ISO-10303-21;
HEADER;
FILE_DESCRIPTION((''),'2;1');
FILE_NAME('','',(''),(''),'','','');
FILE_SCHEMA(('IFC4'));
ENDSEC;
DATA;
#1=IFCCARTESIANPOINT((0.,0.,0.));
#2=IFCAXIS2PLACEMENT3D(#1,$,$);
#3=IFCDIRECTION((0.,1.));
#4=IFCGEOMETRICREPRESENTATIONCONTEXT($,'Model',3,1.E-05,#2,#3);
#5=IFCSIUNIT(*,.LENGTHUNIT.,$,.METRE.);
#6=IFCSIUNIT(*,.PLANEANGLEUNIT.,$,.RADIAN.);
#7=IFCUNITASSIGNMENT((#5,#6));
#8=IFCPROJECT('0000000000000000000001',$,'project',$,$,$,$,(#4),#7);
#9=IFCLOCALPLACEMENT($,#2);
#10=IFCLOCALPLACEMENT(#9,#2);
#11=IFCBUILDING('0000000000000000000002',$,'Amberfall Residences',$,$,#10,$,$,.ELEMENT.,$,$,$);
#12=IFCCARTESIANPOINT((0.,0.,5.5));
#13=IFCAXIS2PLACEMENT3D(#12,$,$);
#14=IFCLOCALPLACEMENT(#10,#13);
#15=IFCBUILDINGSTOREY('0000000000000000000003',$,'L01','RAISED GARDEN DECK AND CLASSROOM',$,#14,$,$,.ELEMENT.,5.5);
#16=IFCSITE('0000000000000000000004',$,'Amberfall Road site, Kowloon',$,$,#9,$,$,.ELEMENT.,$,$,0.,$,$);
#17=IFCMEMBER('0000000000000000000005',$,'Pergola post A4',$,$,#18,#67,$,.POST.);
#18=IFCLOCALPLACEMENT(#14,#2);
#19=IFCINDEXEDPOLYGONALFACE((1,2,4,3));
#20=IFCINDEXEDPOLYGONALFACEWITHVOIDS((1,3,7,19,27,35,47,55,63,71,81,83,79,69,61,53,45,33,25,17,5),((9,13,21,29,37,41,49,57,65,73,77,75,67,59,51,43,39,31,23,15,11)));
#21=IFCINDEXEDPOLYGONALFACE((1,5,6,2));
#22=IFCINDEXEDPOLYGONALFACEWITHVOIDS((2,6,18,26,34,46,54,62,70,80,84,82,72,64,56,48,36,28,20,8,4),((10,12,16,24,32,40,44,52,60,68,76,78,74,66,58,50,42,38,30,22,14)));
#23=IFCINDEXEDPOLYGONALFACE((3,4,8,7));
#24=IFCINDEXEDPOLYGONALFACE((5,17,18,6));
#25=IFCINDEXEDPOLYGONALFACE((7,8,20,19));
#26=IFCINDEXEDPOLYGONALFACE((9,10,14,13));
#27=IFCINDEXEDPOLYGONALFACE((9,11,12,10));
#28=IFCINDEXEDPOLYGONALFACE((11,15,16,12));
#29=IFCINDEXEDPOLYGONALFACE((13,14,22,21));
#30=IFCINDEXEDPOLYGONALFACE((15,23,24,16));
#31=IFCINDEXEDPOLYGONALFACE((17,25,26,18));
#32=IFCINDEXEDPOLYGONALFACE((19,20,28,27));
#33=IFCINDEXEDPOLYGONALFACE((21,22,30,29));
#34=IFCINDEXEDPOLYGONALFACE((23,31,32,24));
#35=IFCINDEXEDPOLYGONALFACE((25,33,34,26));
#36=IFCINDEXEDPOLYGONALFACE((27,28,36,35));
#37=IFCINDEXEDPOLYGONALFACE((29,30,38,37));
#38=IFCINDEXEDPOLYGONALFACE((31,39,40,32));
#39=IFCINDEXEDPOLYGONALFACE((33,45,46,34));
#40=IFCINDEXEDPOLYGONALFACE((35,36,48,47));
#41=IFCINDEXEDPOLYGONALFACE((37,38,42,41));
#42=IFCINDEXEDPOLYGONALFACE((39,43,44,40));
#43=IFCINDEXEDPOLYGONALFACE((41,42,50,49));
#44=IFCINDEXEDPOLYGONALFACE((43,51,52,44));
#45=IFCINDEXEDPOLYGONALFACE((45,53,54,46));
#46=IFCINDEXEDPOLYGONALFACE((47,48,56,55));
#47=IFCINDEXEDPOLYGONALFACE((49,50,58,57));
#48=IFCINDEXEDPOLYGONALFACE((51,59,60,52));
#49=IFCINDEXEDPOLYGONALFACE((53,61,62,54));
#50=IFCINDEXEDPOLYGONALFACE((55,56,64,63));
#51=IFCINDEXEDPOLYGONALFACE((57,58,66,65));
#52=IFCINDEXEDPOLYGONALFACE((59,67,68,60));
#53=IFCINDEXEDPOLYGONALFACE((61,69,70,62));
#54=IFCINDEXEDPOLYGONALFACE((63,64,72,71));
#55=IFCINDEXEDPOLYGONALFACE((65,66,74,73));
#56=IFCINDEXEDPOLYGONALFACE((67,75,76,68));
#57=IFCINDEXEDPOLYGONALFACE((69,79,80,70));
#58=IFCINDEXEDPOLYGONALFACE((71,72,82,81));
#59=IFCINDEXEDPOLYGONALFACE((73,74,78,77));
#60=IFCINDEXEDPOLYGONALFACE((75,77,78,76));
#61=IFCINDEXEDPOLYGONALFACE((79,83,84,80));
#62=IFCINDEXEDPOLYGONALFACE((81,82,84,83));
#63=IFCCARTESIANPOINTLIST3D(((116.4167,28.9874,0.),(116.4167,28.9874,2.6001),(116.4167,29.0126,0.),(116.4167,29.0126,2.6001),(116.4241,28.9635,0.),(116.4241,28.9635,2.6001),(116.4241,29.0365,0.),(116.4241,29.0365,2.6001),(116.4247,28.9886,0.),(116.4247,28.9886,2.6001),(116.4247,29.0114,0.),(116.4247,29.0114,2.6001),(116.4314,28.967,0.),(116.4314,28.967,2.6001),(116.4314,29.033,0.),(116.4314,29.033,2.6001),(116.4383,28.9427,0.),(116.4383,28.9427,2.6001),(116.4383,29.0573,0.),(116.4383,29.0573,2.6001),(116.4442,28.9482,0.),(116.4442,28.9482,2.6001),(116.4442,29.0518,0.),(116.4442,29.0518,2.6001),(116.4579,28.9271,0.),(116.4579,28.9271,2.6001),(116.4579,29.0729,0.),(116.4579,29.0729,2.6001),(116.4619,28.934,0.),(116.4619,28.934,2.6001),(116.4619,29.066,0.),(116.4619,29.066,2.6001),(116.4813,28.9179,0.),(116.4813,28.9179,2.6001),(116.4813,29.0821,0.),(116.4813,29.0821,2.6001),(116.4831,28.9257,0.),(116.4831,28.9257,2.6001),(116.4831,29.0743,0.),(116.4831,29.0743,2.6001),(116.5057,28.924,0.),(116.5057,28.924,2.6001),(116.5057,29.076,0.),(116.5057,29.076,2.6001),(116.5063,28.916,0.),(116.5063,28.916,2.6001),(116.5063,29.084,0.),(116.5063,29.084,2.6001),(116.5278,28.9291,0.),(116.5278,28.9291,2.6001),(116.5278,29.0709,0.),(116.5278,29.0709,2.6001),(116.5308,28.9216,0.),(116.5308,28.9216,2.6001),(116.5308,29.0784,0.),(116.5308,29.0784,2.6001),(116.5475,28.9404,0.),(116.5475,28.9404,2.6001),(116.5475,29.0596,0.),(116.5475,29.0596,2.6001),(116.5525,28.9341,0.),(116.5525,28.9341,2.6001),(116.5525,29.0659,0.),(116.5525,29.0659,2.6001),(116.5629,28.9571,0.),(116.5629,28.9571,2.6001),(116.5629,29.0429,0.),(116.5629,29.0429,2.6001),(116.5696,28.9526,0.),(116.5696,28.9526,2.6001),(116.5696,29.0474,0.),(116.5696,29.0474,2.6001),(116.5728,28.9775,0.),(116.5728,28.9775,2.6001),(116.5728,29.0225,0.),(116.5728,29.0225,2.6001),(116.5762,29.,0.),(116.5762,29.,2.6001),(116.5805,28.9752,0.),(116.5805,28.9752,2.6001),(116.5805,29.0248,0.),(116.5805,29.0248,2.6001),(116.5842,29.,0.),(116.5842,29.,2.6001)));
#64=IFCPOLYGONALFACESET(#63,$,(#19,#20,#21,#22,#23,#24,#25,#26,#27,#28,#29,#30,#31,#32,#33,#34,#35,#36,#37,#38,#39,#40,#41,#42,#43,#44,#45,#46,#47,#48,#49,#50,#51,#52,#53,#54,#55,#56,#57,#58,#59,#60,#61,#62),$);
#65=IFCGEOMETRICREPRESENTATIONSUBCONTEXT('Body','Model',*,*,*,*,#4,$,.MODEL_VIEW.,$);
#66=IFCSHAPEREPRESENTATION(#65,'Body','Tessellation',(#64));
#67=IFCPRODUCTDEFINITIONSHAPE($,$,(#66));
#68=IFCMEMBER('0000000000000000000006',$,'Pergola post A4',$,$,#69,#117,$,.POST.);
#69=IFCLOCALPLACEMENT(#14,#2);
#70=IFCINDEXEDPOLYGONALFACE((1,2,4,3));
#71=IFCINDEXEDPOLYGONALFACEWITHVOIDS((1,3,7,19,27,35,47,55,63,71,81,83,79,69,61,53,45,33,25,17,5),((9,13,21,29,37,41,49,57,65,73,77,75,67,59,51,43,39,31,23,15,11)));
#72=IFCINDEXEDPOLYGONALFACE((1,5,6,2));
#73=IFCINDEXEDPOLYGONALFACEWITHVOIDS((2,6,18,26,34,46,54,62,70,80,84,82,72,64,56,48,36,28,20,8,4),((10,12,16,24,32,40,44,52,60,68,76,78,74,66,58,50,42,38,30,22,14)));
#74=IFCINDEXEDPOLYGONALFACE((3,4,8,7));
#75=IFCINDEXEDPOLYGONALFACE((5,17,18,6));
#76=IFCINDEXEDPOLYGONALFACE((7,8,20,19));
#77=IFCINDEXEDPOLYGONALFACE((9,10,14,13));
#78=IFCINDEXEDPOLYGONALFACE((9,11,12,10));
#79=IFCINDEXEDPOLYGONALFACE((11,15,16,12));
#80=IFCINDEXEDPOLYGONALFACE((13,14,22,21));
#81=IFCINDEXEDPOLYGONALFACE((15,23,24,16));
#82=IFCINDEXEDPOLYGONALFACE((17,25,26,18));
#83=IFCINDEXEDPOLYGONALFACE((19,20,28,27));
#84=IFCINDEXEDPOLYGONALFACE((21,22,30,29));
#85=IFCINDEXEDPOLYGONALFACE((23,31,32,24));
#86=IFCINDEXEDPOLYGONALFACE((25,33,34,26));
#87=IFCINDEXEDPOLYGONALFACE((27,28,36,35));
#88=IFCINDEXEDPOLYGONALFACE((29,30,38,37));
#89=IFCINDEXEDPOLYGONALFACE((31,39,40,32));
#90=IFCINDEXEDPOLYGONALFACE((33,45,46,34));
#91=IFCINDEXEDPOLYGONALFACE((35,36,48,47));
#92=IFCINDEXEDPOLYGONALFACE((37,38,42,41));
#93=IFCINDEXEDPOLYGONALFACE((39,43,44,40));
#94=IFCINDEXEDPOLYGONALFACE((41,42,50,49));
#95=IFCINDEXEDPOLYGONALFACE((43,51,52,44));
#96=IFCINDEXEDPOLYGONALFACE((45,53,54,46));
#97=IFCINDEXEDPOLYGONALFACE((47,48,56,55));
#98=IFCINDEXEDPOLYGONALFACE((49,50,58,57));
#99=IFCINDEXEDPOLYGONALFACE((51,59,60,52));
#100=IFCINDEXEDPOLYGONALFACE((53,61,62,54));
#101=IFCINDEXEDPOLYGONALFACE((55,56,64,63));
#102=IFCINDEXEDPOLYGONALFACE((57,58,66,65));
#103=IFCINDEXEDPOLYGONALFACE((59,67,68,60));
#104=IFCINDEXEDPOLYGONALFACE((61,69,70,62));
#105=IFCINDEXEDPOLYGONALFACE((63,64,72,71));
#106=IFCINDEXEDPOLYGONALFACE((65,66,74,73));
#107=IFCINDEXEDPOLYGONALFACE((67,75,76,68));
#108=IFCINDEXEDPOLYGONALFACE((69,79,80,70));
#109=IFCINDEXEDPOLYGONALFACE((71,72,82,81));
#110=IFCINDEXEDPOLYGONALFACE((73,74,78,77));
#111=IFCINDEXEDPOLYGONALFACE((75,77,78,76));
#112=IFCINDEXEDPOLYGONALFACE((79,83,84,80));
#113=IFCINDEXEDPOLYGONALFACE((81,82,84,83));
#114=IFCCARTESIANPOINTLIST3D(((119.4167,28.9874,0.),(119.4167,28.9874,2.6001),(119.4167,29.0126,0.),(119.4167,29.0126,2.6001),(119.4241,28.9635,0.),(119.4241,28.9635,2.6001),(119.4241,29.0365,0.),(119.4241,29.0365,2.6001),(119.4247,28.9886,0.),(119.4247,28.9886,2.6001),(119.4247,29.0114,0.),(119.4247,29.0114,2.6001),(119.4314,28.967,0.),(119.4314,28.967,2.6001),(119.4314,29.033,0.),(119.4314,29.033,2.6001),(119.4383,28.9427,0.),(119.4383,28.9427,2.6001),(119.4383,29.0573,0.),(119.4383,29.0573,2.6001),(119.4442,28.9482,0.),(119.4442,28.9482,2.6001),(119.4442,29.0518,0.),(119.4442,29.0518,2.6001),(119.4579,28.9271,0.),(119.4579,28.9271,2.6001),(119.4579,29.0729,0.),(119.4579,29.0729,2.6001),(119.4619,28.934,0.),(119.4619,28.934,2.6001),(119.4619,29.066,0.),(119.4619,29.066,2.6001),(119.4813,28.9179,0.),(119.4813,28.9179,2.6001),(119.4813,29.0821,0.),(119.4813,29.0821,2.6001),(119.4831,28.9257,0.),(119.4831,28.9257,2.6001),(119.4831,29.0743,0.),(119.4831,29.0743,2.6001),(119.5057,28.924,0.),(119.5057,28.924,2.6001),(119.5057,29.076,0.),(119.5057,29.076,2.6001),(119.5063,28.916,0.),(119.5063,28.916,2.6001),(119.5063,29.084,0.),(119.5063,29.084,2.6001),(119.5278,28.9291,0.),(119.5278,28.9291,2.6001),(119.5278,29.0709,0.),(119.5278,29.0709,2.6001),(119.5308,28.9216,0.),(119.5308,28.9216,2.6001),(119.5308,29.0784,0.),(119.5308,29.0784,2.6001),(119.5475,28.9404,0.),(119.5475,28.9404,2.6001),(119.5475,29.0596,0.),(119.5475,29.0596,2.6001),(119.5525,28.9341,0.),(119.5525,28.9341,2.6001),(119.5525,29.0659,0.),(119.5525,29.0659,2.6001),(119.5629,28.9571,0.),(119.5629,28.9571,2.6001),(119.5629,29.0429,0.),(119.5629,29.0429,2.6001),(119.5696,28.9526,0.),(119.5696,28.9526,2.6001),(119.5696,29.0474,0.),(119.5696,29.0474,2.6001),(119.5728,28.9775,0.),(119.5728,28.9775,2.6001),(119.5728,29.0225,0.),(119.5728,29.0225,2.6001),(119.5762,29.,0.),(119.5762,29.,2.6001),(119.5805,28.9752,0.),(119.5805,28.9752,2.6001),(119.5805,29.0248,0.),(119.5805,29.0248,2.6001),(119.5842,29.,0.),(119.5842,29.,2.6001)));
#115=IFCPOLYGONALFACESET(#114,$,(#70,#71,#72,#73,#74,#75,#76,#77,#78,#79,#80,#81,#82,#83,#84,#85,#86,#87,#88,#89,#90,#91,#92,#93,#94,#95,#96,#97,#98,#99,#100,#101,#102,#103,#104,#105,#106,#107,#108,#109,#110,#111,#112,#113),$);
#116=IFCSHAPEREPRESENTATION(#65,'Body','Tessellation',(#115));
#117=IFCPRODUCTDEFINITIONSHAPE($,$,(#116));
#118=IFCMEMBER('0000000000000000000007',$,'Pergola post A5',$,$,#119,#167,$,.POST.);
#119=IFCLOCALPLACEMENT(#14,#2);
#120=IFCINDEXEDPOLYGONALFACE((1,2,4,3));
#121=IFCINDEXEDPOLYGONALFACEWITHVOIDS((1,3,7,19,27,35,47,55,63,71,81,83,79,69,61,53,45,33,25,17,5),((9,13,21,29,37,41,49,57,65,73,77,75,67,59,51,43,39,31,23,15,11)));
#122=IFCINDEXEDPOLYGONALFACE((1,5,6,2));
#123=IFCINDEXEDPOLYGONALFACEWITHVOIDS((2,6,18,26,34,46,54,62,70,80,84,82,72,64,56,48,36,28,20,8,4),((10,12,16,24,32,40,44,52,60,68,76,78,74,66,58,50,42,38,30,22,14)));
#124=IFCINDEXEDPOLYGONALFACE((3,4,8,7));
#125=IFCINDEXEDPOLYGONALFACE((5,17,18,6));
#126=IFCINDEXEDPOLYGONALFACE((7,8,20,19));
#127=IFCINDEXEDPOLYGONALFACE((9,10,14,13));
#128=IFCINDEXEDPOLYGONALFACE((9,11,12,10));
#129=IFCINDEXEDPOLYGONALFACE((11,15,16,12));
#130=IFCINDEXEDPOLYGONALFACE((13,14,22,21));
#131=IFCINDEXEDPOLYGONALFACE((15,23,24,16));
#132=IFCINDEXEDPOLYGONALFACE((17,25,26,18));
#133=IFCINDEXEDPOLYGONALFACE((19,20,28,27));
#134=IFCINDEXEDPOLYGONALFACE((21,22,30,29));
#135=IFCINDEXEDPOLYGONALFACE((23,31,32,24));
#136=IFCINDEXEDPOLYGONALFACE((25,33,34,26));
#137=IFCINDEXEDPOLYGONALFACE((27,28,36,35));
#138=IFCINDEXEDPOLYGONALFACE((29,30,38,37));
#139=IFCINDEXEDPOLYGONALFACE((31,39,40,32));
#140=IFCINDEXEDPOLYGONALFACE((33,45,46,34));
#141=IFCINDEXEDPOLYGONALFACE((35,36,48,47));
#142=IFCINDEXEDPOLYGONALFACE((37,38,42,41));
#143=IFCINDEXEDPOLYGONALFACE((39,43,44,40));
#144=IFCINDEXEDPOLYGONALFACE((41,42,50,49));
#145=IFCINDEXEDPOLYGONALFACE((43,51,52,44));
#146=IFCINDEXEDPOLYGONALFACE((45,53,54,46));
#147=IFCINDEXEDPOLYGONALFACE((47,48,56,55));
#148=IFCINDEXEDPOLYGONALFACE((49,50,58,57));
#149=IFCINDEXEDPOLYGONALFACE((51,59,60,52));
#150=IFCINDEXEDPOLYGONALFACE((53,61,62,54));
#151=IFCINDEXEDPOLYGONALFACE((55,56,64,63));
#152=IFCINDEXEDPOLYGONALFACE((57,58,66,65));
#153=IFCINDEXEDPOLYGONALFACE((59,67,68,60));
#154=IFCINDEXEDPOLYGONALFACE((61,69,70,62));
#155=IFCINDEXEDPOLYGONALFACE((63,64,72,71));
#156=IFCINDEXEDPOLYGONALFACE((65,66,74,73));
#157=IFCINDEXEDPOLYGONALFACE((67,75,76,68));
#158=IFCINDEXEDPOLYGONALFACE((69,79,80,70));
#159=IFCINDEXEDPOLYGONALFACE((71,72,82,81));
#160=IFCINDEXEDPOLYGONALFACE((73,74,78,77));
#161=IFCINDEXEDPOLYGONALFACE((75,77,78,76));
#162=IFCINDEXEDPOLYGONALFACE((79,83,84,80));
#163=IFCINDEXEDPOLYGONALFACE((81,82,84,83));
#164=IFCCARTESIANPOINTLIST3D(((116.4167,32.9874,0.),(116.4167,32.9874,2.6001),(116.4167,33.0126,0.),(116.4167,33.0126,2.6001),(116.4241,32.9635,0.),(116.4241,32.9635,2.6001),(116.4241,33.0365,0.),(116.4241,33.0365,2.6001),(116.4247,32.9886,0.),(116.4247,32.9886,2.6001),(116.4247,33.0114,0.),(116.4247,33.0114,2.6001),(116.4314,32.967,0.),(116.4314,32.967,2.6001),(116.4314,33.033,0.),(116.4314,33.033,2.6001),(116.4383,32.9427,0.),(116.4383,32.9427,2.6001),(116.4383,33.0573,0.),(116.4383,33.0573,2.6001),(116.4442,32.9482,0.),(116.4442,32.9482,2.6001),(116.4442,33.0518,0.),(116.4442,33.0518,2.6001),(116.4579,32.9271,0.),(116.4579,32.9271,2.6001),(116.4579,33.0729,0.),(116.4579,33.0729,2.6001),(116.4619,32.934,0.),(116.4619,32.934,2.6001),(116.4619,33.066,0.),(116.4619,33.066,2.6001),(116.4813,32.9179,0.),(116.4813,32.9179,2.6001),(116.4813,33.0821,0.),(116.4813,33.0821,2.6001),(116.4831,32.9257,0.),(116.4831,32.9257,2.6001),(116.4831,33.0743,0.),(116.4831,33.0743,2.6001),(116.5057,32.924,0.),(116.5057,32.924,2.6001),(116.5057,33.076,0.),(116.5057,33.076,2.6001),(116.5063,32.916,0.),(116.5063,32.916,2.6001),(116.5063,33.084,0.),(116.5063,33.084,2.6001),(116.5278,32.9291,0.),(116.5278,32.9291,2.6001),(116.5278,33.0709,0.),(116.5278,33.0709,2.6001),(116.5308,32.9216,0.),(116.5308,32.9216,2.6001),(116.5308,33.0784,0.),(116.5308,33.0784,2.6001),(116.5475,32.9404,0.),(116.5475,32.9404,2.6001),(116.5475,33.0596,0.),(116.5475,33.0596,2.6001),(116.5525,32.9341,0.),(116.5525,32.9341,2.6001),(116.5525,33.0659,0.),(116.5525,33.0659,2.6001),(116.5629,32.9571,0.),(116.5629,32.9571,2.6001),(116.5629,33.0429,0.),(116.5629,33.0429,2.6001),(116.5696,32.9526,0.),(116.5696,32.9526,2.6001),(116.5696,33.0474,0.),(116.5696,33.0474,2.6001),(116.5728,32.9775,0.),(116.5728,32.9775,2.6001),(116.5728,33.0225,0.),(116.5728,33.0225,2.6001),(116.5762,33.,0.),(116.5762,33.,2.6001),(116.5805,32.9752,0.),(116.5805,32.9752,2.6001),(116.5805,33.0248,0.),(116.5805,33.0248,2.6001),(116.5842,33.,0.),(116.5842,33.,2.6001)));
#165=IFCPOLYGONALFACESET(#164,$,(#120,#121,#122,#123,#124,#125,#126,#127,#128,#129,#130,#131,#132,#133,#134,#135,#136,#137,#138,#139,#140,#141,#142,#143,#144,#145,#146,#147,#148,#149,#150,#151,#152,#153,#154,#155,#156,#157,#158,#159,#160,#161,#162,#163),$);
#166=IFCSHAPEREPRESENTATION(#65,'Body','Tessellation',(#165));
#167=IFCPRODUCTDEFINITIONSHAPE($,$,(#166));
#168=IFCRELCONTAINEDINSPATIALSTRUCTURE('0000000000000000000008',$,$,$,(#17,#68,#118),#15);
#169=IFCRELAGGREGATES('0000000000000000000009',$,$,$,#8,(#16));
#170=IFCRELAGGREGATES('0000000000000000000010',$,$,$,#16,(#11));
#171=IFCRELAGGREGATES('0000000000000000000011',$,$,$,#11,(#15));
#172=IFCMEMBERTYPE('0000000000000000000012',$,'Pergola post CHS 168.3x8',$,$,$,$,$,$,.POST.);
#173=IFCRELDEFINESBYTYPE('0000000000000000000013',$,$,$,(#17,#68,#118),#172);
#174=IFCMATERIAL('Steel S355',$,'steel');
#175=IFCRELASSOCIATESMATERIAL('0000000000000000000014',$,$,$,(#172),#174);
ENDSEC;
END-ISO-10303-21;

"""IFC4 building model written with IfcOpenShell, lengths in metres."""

from ifc_helpers import new_model, si_unit, direction, frame, origin, origin_2d, place, context, subcontext, project, spatial, hollow_circle, extrude, material, material_profile, profile_set, type_object, element, save


model = new_model("IFC4")

# Units and contexts
model_context = context("Model", 3, precision=1e-05, world=origin(), true_north=direction((0.0, 1.0)))
body_context = subcontext(model_context, "Body", "Model", "MODEL_VIEW")
ifc_project = project(units=[si_unit("LENGTHUNIT", "METRE"), si_unit("PLANEANGLEUNIT", "RADIAN")], contexts=[model_context])

# Site, building, storey
site_placement = place(None, origin())
site = spatial("IfcSite", under=ifc_project, at=site_placement, Name="Amberfall Road site, Kowloon", CompositionType="ELEMENT", RefElevation=0.0)
building_placement = place(site_placement, origin())
building = spatial("IfcBuilding", under=site, at=building_placement, Name="Amberfall Residences", CompositionType="ELEMENT")
storey_placement = place(building_placement, frame((0.0, 0.0, 5.5)))
storey = spatial("IfcBuildingStorey", under=building, at=storey_placement, Name="L01", Description="RAISED GARDEN DECK AND CLASSROOM", CompositionType="ELEMENT", Elevation=5.5)

# Members
ifc_material_1 = material(Name="Steel S355", Category="steel")
ifc_material_profile_1 = material_profile(ifc_material_1, hollow_circle(Radius=0.0842, WallThickness=0.0081, at=origin_2d()), Name="CHS 168.3x8")
ifc_profile_set_1 = profile_set([ifc_material_profile_1], Name="Steel S355")
member_type_1 = type_object("IfcMemberType", Name="Pergola post CHS 168.3x8", PredefinedType="POST", material=ifc_profile_set_1)
for number, where, z_axis, x_axis, name in (
    (1, (116.5, 29.0, 0.0), (0.0, 0.0, 1.0), (1.0, 0.0, 0.0), "Pergola post A4"),
    (2, (119.5, 29.0, 0.0), (0.0, 0.0, 1.0), (1.0, 0.0, 0.0), "Pergola post A4"),
    (3, (116.5, 33.0, 0.0), (0.0, 0.0, 1.0), (1.0, 0.0, 0.0), "Pergola post A5"),
):
    element("IfcMember", number, at=place(storey_placement, frame(where, z_axis=z_axis, x_axis=x_axis)), inside=storey, type_object=member_type_1, Name=name, PredefinedType="POST", context=body_context, shape_type="SweptSolid", body=[
        extrude(hollow_circle(Radius=0.0842, WallThickness=0.0081, at=origin_2d()), origin(), (0.0, 0.0, 1.0), 2.6001),
    ])

save(model, "model.ifc")
